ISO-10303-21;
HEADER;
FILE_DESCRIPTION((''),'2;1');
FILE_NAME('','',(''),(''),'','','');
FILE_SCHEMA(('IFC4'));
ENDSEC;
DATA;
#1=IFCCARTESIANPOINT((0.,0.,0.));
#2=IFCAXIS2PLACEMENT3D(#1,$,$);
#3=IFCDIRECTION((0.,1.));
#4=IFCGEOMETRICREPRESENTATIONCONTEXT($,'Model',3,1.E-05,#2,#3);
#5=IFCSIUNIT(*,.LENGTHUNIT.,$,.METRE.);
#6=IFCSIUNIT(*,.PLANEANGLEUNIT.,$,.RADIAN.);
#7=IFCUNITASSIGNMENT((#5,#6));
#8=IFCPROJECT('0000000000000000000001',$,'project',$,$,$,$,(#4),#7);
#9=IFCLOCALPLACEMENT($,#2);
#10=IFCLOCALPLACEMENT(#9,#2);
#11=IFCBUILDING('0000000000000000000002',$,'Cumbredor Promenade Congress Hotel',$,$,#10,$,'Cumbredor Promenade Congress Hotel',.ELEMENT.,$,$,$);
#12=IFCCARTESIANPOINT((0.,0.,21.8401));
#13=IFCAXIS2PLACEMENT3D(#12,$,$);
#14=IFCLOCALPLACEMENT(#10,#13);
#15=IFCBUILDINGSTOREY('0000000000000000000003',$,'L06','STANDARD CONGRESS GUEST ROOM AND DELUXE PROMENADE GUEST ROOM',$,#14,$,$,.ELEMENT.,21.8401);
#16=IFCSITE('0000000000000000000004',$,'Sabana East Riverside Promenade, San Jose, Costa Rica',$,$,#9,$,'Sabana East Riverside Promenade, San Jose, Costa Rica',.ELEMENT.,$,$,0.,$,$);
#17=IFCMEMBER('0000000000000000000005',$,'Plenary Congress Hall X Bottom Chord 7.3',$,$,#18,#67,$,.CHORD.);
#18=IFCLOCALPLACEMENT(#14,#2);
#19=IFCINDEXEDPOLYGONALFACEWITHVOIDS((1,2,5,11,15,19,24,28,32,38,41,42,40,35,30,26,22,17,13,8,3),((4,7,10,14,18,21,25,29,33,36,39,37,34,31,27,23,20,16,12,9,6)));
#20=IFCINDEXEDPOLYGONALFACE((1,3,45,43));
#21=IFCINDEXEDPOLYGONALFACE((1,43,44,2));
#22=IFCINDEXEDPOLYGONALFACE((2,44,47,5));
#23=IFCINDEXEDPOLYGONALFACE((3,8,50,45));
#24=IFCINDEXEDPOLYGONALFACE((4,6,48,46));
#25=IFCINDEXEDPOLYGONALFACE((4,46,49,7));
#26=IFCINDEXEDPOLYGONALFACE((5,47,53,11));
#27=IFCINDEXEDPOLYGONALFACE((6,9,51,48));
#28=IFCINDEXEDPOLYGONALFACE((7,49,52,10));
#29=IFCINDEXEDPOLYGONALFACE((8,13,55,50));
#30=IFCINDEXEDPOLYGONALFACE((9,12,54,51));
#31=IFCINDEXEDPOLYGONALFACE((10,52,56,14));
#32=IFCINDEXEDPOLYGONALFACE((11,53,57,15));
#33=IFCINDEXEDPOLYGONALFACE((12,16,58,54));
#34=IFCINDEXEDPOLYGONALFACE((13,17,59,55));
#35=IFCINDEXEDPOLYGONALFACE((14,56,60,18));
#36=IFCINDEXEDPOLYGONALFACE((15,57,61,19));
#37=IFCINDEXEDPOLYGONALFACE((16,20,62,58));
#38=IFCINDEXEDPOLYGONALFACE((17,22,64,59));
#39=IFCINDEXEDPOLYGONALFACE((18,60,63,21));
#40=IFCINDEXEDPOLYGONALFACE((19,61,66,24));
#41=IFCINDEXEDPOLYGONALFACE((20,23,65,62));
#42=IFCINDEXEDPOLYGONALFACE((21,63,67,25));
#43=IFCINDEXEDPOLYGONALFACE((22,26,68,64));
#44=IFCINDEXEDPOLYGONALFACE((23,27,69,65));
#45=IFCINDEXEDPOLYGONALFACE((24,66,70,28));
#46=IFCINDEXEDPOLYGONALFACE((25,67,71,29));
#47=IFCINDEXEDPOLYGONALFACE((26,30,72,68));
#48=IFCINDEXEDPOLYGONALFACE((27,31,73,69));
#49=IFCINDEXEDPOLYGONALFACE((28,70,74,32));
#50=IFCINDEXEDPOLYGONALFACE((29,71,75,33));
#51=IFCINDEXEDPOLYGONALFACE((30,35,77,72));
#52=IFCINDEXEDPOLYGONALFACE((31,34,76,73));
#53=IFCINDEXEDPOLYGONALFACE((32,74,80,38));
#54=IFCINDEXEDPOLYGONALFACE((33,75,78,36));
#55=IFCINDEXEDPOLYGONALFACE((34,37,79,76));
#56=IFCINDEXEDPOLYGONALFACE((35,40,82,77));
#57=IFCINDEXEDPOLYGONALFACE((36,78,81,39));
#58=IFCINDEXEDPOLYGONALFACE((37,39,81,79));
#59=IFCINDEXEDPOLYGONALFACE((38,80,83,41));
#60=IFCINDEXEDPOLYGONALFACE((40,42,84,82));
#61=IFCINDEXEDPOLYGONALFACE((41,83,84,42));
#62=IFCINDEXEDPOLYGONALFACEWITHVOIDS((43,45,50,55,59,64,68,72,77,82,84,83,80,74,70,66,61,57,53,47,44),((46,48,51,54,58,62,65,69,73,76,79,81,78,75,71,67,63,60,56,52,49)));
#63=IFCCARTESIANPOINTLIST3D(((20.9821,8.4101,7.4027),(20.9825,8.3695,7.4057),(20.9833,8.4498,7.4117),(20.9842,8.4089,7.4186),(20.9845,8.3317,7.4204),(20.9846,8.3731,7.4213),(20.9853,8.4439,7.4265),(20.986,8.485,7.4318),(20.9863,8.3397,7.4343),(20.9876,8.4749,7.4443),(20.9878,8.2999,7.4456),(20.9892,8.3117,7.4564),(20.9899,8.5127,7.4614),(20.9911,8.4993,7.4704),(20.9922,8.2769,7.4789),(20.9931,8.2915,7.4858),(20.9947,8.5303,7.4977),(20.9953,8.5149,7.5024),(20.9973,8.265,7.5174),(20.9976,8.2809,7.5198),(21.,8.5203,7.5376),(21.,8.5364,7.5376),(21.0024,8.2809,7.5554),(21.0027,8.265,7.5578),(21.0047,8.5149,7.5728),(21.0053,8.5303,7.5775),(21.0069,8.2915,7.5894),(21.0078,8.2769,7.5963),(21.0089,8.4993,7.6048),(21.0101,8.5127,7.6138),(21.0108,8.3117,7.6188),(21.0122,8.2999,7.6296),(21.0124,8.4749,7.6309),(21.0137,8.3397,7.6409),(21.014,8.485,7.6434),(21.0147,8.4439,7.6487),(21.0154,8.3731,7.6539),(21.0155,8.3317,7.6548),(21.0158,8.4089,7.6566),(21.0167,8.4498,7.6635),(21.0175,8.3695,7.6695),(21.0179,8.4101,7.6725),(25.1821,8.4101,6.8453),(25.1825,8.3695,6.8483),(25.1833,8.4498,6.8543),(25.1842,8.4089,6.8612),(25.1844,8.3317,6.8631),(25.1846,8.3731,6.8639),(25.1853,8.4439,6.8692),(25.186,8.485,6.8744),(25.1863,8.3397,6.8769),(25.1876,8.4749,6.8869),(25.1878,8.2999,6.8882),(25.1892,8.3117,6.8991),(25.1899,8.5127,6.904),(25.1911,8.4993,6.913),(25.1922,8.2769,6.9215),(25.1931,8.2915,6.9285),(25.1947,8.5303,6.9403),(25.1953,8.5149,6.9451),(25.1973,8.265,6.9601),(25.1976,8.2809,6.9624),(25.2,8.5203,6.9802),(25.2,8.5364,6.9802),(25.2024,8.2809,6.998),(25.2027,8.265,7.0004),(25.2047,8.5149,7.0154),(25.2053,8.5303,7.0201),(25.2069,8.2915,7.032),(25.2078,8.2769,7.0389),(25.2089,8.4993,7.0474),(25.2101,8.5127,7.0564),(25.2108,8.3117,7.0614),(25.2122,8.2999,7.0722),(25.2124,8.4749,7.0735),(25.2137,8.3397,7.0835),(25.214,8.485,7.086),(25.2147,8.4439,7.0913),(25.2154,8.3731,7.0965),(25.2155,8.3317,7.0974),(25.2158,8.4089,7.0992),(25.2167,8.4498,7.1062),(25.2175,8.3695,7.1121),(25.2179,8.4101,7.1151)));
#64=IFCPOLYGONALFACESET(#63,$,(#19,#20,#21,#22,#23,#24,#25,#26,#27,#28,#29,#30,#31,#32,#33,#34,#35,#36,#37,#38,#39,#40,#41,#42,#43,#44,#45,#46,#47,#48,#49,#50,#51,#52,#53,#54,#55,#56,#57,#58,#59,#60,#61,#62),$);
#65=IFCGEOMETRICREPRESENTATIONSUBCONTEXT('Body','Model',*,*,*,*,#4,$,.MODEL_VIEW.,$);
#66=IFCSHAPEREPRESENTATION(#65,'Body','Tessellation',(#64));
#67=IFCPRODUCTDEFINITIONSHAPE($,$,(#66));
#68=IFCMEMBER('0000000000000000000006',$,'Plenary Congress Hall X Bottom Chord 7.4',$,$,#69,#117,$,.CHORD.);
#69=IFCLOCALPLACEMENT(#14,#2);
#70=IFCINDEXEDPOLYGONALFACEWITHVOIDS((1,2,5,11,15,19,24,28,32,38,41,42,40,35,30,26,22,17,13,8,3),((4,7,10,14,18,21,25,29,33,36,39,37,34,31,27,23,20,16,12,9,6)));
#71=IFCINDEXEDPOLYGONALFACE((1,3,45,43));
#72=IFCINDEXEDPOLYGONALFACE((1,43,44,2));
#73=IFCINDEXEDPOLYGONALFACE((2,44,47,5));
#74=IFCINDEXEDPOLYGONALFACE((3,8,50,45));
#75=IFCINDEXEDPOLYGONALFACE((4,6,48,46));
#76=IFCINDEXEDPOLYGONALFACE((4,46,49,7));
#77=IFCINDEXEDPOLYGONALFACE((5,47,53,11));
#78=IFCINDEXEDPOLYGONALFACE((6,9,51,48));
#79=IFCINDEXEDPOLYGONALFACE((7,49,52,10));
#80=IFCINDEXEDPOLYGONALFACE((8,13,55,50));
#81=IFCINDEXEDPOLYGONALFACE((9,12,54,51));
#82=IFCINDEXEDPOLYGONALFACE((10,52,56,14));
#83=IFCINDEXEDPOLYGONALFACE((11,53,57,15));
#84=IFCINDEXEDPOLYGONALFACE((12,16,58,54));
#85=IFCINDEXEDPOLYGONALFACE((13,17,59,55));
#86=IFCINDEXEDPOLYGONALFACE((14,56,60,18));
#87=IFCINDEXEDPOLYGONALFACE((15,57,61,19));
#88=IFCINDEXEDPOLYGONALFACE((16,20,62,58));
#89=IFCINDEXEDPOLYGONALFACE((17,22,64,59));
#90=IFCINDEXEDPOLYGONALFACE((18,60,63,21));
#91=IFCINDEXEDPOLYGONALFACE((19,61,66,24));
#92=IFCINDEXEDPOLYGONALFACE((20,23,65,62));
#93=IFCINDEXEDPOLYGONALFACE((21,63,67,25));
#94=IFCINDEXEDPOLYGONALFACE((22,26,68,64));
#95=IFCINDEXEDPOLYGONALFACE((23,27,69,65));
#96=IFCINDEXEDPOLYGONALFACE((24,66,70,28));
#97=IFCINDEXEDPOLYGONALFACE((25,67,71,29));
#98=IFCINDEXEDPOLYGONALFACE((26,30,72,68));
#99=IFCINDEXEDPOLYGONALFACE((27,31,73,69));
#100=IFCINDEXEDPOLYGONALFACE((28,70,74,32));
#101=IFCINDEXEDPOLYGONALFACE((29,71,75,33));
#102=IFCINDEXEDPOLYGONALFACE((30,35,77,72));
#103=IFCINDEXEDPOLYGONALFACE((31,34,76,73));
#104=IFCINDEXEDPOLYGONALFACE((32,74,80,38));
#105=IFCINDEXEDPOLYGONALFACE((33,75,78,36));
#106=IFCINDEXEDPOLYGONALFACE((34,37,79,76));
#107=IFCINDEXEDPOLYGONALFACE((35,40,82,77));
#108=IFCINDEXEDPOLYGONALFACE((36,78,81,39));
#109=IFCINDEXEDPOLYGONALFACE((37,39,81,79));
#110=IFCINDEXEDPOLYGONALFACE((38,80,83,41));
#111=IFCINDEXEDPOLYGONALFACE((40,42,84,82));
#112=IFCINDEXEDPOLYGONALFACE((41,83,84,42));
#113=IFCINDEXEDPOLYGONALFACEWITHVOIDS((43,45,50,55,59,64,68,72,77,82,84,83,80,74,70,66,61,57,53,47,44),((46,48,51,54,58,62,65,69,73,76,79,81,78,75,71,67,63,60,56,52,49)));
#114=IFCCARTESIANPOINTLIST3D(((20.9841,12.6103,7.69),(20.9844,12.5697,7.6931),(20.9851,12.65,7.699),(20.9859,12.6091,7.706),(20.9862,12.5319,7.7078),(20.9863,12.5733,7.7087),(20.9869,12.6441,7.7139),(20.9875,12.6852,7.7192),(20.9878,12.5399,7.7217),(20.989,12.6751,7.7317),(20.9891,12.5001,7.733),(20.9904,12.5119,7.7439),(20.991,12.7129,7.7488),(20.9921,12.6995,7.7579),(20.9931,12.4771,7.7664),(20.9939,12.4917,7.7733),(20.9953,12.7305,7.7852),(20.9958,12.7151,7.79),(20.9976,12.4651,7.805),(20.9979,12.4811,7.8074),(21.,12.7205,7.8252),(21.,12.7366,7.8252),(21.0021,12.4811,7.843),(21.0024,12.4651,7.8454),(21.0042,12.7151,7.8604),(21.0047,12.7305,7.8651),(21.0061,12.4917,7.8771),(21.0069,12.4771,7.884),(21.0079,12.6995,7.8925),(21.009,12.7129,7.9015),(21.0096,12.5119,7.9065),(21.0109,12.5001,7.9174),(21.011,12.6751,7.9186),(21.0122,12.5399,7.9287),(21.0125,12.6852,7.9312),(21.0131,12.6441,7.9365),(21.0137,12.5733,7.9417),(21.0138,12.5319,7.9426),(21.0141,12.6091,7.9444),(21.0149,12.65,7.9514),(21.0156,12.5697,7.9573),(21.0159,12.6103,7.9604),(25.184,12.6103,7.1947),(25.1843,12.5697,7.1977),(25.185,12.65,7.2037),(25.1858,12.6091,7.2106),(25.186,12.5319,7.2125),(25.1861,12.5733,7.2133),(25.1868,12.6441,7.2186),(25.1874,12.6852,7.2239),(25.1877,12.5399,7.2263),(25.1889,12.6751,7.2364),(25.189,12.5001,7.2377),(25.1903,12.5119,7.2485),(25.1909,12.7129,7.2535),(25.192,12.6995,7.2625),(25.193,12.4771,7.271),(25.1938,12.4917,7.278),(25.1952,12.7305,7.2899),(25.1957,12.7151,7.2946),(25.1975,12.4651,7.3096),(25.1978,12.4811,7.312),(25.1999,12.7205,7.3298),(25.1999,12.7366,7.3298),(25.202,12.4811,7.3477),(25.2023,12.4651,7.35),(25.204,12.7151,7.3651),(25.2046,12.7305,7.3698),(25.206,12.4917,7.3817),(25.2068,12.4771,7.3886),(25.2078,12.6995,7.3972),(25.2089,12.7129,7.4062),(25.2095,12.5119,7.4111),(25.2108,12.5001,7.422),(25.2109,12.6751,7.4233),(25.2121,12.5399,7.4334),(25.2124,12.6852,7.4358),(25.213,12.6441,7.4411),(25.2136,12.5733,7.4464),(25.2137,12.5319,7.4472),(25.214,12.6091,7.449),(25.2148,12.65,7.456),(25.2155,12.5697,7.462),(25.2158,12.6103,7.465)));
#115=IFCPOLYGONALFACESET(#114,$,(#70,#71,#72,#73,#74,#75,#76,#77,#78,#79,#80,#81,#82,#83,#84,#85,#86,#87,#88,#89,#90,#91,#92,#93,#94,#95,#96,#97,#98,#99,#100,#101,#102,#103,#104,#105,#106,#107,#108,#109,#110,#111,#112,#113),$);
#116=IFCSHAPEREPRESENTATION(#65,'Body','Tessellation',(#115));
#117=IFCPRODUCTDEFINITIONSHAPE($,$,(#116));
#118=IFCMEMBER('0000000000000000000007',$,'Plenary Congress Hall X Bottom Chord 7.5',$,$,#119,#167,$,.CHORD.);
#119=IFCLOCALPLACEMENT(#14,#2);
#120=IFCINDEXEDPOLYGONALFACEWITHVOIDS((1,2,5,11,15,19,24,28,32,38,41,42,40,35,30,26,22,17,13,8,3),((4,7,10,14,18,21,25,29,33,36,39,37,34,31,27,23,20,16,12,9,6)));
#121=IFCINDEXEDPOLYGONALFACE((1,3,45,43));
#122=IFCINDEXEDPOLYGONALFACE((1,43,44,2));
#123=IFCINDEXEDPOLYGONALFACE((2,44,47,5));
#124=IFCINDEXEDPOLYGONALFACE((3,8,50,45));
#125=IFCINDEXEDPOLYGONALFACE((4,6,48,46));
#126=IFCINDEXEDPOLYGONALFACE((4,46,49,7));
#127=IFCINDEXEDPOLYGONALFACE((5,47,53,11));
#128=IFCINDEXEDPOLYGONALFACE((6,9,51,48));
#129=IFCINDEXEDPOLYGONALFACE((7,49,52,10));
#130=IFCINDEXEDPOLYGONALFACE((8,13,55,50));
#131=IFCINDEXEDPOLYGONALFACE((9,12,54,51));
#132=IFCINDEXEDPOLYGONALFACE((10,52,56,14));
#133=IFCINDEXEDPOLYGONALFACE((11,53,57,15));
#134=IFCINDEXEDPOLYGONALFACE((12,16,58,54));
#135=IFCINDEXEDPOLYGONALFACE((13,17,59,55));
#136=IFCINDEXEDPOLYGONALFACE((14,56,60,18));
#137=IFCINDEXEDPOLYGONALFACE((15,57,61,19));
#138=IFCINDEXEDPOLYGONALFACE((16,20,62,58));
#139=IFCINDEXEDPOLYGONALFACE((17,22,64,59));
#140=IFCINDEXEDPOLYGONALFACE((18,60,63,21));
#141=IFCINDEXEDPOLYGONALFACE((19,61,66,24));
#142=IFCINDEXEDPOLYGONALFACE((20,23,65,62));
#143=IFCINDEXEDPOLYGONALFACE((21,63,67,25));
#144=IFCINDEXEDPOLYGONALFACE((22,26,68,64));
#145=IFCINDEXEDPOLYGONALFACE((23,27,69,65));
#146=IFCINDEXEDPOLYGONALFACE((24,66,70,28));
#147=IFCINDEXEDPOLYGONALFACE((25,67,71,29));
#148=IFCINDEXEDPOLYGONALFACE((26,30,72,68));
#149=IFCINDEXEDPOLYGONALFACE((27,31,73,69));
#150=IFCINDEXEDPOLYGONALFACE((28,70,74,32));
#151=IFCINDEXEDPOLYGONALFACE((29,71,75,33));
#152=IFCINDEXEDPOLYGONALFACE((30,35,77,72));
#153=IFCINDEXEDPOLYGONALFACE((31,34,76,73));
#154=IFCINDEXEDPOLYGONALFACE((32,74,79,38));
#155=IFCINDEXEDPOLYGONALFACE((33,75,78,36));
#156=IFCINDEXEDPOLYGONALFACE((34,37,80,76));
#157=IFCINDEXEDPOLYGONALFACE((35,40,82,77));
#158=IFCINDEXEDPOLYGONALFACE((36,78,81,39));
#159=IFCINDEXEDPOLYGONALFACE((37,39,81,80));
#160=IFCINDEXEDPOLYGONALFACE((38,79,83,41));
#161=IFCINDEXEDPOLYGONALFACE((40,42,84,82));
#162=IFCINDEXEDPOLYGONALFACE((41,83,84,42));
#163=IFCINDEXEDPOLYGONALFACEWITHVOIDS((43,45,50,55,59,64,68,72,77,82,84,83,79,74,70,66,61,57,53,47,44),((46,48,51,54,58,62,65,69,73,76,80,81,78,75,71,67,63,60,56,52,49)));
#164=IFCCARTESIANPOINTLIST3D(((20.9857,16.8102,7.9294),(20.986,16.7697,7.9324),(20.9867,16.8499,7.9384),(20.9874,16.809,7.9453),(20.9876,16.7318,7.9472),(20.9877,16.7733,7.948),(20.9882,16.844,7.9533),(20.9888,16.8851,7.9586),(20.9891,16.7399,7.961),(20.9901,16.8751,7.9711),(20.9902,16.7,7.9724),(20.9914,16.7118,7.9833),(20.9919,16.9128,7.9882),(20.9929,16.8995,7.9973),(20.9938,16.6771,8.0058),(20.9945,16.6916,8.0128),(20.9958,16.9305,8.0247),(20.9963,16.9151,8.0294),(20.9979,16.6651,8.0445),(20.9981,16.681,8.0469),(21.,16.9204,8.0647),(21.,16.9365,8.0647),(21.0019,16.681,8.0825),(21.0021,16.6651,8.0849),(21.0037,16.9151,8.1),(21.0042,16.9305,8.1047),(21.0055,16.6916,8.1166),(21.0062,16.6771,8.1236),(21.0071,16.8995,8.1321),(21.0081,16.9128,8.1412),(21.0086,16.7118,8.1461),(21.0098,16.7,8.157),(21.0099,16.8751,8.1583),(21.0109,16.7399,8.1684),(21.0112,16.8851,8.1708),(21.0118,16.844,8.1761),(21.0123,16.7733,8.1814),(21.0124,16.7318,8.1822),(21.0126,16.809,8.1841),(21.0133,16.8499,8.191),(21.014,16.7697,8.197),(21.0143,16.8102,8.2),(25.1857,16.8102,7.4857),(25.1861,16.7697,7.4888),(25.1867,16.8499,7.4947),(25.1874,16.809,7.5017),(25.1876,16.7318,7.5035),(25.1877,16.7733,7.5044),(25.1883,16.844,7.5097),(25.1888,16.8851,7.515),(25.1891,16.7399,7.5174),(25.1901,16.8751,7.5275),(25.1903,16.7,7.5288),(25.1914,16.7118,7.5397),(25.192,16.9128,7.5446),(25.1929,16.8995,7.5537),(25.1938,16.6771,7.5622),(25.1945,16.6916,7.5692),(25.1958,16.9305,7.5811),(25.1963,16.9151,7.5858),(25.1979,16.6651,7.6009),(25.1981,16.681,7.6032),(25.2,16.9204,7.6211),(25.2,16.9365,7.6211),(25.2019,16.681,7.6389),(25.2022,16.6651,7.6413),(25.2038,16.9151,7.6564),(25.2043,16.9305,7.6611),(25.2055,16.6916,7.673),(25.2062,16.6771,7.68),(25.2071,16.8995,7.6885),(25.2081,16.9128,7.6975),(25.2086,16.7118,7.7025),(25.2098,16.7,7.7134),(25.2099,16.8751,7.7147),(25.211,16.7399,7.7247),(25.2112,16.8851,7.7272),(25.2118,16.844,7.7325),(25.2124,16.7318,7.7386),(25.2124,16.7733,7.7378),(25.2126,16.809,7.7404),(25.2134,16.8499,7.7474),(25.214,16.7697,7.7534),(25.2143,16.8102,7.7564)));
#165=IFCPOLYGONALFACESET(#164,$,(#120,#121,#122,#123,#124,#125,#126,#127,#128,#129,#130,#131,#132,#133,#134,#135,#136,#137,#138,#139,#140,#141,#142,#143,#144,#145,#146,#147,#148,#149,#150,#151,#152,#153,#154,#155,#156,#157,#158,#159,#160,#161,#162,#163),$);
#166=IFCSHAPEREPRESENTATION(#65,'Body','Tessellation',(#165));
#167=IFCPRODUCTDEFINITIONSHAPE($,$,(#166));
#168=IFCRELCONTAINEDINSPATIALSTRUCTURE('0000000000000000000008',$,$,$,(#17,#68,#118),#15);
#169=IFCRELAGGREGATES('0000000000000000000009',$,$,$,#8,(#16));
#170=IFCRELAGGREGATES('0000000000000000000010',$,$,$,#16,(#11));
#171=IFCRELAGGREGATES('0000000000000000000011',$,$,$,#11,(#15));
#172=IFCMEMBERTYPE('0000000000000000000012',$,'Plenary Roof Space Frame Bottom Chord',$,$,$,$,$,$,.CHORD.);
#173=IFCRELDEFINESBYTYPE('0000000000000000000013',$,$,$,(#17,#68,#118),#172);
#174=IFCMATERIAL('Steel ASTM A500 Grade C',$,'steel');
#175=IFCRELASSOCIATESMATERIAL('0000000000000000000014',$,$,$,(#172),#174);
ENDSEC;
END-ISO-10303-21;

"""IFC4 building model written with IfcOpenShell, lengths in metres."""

from ifc_helpers import new_model, si_unit, direction, frame, origin, origin_2d, place, context, subcontext, project, spatial, hollow_circle, extrude, material, material_profile, profile_set, type_object, element, save


model = new_model("IFC4")

# Units and contexts
model_context = context("Model", 3, precision=1e-05, world=origin(), true_north=direction((0.0, 1.0)))
body_context = subcontext(model_context, "Body", "Model", "MODEL_VIEW")
ifc_project = project(units=[si_unit("LENGTHUNIT", "METRE"), si_unit("PLANEANGLEUNIT", "RADIAN")], contexts=[model_context])

# Site, building, storey
site_placement = place(None, origin())
site = spatial("IfcSite", under=ifc_project, at=site_placement, Name="Sabana East Riverside Promenade, San Jose, Costa Rica", LongName="Sabana East Riverside Promenade, San Jose, Costa Rica", CompositionType="ELEMENT", RefElevation=0.0)
building_placement = place(site_placement, origin())
building = spatial("IfcBuilding", under=site, at=building_placement, Name="Cumbredor Promenade Congress Hotel", LongName="Cumbredor Promenade Congress Hotel", CompositionType="ELEMENT")
storey_placement = place(building_placement, frame((0.0, 0.0, 21.8401)))
storey = spatial("IfcBuildingStorey", under=building, at=storey_placement, Name="L06", Description="STANDARD CONGRESS GUEST ROOM AND DELUXE PROMENADE GUEST ROOM", CompositionType="ELEMENT", Elevation=21.8401)

# Members
ifc_material_1 = material(Name="Steel ASTM A500 Grade C", Category="steel")
ifc_material_profile_1 = material_profile(ifc_material_1, hollow_circle(Radius=0.1365, WallThickness=0.0161, at=origin_2d()), Name="CHS 273.0x16")
ifc_profile_set_1 = profile_set([ifc_material_profile_1], Name="Steel ASTM A500 Grade C")
member_type_1 = type_object("IfcMemberType", Name="Plenary Roof Space Frame Bottom Chord", PredefinedType="CHORD", material=ifc_profile_set_1)
member_1_placement = place(storey_placement, frame((21.0, 8.3999, 7.5376), z_axis=(0.991309, 0.0, -0.131556), x_axis=(0.0, 1.0, 0.0)))
element("IfcMember", 1, at=member_1_placement, inside=storey, type_object=member_type_1, Name="Plenary Congress Hall X Bottom Chord 7.3", PredefinedType="CHORD", context=body_context, shape_type="SweptSolid", body=[
    extrude(hollow_circle(Radius=0.1365, WallThickness=0.0161, at=origin_2d()), origin(), (0.0, 0.0, 1.0), 4.2368),
])
member_2_placement = place(storey_placement, frame((21.0, 12.6001, 7.8252), z_axis=(0.993116, 0.0, -0.117133), x_axis=(0.0, 1.0, 0.0)))
element("IfcMember", 2, at=member_2_placement, inside=storey, type_object=member_type_1, Name="Plenary Congress Hall X Bottom Chord 7.4", PredefinedType="CHORD", context=body_context, shape_type="SweptSolid", body=[
    extrude(hollow_circle(Radius=0.1365, WallThickness=0.0161, at=origin_2d()), origin(), (0.0, 0.0, 1.0), 4.229),
])
member_3_placement = place(storey_placement, frame((21.0, 16.8, 8.0647), z_axis=(0.994468, 0.0, -0.105037), x_axis=(0.0, 1.0, 0.0)))
element("IfcMember", 3, at=member_3_placement, inside=storey, type_object=member_type_1, Name="Plenary Congress Hall X Bottom Chord 7.5", PredefinedType="CHORD", context=body_context, shape_type="SweptSolid", body=[
    extrude(hollow_circle(Radius=0.1365, WallThickness=0.0161, at=origin_2d()), origin(), (0.0, 0.0, 1.0), 4.2234),
])

save(model, "model.ifc")
